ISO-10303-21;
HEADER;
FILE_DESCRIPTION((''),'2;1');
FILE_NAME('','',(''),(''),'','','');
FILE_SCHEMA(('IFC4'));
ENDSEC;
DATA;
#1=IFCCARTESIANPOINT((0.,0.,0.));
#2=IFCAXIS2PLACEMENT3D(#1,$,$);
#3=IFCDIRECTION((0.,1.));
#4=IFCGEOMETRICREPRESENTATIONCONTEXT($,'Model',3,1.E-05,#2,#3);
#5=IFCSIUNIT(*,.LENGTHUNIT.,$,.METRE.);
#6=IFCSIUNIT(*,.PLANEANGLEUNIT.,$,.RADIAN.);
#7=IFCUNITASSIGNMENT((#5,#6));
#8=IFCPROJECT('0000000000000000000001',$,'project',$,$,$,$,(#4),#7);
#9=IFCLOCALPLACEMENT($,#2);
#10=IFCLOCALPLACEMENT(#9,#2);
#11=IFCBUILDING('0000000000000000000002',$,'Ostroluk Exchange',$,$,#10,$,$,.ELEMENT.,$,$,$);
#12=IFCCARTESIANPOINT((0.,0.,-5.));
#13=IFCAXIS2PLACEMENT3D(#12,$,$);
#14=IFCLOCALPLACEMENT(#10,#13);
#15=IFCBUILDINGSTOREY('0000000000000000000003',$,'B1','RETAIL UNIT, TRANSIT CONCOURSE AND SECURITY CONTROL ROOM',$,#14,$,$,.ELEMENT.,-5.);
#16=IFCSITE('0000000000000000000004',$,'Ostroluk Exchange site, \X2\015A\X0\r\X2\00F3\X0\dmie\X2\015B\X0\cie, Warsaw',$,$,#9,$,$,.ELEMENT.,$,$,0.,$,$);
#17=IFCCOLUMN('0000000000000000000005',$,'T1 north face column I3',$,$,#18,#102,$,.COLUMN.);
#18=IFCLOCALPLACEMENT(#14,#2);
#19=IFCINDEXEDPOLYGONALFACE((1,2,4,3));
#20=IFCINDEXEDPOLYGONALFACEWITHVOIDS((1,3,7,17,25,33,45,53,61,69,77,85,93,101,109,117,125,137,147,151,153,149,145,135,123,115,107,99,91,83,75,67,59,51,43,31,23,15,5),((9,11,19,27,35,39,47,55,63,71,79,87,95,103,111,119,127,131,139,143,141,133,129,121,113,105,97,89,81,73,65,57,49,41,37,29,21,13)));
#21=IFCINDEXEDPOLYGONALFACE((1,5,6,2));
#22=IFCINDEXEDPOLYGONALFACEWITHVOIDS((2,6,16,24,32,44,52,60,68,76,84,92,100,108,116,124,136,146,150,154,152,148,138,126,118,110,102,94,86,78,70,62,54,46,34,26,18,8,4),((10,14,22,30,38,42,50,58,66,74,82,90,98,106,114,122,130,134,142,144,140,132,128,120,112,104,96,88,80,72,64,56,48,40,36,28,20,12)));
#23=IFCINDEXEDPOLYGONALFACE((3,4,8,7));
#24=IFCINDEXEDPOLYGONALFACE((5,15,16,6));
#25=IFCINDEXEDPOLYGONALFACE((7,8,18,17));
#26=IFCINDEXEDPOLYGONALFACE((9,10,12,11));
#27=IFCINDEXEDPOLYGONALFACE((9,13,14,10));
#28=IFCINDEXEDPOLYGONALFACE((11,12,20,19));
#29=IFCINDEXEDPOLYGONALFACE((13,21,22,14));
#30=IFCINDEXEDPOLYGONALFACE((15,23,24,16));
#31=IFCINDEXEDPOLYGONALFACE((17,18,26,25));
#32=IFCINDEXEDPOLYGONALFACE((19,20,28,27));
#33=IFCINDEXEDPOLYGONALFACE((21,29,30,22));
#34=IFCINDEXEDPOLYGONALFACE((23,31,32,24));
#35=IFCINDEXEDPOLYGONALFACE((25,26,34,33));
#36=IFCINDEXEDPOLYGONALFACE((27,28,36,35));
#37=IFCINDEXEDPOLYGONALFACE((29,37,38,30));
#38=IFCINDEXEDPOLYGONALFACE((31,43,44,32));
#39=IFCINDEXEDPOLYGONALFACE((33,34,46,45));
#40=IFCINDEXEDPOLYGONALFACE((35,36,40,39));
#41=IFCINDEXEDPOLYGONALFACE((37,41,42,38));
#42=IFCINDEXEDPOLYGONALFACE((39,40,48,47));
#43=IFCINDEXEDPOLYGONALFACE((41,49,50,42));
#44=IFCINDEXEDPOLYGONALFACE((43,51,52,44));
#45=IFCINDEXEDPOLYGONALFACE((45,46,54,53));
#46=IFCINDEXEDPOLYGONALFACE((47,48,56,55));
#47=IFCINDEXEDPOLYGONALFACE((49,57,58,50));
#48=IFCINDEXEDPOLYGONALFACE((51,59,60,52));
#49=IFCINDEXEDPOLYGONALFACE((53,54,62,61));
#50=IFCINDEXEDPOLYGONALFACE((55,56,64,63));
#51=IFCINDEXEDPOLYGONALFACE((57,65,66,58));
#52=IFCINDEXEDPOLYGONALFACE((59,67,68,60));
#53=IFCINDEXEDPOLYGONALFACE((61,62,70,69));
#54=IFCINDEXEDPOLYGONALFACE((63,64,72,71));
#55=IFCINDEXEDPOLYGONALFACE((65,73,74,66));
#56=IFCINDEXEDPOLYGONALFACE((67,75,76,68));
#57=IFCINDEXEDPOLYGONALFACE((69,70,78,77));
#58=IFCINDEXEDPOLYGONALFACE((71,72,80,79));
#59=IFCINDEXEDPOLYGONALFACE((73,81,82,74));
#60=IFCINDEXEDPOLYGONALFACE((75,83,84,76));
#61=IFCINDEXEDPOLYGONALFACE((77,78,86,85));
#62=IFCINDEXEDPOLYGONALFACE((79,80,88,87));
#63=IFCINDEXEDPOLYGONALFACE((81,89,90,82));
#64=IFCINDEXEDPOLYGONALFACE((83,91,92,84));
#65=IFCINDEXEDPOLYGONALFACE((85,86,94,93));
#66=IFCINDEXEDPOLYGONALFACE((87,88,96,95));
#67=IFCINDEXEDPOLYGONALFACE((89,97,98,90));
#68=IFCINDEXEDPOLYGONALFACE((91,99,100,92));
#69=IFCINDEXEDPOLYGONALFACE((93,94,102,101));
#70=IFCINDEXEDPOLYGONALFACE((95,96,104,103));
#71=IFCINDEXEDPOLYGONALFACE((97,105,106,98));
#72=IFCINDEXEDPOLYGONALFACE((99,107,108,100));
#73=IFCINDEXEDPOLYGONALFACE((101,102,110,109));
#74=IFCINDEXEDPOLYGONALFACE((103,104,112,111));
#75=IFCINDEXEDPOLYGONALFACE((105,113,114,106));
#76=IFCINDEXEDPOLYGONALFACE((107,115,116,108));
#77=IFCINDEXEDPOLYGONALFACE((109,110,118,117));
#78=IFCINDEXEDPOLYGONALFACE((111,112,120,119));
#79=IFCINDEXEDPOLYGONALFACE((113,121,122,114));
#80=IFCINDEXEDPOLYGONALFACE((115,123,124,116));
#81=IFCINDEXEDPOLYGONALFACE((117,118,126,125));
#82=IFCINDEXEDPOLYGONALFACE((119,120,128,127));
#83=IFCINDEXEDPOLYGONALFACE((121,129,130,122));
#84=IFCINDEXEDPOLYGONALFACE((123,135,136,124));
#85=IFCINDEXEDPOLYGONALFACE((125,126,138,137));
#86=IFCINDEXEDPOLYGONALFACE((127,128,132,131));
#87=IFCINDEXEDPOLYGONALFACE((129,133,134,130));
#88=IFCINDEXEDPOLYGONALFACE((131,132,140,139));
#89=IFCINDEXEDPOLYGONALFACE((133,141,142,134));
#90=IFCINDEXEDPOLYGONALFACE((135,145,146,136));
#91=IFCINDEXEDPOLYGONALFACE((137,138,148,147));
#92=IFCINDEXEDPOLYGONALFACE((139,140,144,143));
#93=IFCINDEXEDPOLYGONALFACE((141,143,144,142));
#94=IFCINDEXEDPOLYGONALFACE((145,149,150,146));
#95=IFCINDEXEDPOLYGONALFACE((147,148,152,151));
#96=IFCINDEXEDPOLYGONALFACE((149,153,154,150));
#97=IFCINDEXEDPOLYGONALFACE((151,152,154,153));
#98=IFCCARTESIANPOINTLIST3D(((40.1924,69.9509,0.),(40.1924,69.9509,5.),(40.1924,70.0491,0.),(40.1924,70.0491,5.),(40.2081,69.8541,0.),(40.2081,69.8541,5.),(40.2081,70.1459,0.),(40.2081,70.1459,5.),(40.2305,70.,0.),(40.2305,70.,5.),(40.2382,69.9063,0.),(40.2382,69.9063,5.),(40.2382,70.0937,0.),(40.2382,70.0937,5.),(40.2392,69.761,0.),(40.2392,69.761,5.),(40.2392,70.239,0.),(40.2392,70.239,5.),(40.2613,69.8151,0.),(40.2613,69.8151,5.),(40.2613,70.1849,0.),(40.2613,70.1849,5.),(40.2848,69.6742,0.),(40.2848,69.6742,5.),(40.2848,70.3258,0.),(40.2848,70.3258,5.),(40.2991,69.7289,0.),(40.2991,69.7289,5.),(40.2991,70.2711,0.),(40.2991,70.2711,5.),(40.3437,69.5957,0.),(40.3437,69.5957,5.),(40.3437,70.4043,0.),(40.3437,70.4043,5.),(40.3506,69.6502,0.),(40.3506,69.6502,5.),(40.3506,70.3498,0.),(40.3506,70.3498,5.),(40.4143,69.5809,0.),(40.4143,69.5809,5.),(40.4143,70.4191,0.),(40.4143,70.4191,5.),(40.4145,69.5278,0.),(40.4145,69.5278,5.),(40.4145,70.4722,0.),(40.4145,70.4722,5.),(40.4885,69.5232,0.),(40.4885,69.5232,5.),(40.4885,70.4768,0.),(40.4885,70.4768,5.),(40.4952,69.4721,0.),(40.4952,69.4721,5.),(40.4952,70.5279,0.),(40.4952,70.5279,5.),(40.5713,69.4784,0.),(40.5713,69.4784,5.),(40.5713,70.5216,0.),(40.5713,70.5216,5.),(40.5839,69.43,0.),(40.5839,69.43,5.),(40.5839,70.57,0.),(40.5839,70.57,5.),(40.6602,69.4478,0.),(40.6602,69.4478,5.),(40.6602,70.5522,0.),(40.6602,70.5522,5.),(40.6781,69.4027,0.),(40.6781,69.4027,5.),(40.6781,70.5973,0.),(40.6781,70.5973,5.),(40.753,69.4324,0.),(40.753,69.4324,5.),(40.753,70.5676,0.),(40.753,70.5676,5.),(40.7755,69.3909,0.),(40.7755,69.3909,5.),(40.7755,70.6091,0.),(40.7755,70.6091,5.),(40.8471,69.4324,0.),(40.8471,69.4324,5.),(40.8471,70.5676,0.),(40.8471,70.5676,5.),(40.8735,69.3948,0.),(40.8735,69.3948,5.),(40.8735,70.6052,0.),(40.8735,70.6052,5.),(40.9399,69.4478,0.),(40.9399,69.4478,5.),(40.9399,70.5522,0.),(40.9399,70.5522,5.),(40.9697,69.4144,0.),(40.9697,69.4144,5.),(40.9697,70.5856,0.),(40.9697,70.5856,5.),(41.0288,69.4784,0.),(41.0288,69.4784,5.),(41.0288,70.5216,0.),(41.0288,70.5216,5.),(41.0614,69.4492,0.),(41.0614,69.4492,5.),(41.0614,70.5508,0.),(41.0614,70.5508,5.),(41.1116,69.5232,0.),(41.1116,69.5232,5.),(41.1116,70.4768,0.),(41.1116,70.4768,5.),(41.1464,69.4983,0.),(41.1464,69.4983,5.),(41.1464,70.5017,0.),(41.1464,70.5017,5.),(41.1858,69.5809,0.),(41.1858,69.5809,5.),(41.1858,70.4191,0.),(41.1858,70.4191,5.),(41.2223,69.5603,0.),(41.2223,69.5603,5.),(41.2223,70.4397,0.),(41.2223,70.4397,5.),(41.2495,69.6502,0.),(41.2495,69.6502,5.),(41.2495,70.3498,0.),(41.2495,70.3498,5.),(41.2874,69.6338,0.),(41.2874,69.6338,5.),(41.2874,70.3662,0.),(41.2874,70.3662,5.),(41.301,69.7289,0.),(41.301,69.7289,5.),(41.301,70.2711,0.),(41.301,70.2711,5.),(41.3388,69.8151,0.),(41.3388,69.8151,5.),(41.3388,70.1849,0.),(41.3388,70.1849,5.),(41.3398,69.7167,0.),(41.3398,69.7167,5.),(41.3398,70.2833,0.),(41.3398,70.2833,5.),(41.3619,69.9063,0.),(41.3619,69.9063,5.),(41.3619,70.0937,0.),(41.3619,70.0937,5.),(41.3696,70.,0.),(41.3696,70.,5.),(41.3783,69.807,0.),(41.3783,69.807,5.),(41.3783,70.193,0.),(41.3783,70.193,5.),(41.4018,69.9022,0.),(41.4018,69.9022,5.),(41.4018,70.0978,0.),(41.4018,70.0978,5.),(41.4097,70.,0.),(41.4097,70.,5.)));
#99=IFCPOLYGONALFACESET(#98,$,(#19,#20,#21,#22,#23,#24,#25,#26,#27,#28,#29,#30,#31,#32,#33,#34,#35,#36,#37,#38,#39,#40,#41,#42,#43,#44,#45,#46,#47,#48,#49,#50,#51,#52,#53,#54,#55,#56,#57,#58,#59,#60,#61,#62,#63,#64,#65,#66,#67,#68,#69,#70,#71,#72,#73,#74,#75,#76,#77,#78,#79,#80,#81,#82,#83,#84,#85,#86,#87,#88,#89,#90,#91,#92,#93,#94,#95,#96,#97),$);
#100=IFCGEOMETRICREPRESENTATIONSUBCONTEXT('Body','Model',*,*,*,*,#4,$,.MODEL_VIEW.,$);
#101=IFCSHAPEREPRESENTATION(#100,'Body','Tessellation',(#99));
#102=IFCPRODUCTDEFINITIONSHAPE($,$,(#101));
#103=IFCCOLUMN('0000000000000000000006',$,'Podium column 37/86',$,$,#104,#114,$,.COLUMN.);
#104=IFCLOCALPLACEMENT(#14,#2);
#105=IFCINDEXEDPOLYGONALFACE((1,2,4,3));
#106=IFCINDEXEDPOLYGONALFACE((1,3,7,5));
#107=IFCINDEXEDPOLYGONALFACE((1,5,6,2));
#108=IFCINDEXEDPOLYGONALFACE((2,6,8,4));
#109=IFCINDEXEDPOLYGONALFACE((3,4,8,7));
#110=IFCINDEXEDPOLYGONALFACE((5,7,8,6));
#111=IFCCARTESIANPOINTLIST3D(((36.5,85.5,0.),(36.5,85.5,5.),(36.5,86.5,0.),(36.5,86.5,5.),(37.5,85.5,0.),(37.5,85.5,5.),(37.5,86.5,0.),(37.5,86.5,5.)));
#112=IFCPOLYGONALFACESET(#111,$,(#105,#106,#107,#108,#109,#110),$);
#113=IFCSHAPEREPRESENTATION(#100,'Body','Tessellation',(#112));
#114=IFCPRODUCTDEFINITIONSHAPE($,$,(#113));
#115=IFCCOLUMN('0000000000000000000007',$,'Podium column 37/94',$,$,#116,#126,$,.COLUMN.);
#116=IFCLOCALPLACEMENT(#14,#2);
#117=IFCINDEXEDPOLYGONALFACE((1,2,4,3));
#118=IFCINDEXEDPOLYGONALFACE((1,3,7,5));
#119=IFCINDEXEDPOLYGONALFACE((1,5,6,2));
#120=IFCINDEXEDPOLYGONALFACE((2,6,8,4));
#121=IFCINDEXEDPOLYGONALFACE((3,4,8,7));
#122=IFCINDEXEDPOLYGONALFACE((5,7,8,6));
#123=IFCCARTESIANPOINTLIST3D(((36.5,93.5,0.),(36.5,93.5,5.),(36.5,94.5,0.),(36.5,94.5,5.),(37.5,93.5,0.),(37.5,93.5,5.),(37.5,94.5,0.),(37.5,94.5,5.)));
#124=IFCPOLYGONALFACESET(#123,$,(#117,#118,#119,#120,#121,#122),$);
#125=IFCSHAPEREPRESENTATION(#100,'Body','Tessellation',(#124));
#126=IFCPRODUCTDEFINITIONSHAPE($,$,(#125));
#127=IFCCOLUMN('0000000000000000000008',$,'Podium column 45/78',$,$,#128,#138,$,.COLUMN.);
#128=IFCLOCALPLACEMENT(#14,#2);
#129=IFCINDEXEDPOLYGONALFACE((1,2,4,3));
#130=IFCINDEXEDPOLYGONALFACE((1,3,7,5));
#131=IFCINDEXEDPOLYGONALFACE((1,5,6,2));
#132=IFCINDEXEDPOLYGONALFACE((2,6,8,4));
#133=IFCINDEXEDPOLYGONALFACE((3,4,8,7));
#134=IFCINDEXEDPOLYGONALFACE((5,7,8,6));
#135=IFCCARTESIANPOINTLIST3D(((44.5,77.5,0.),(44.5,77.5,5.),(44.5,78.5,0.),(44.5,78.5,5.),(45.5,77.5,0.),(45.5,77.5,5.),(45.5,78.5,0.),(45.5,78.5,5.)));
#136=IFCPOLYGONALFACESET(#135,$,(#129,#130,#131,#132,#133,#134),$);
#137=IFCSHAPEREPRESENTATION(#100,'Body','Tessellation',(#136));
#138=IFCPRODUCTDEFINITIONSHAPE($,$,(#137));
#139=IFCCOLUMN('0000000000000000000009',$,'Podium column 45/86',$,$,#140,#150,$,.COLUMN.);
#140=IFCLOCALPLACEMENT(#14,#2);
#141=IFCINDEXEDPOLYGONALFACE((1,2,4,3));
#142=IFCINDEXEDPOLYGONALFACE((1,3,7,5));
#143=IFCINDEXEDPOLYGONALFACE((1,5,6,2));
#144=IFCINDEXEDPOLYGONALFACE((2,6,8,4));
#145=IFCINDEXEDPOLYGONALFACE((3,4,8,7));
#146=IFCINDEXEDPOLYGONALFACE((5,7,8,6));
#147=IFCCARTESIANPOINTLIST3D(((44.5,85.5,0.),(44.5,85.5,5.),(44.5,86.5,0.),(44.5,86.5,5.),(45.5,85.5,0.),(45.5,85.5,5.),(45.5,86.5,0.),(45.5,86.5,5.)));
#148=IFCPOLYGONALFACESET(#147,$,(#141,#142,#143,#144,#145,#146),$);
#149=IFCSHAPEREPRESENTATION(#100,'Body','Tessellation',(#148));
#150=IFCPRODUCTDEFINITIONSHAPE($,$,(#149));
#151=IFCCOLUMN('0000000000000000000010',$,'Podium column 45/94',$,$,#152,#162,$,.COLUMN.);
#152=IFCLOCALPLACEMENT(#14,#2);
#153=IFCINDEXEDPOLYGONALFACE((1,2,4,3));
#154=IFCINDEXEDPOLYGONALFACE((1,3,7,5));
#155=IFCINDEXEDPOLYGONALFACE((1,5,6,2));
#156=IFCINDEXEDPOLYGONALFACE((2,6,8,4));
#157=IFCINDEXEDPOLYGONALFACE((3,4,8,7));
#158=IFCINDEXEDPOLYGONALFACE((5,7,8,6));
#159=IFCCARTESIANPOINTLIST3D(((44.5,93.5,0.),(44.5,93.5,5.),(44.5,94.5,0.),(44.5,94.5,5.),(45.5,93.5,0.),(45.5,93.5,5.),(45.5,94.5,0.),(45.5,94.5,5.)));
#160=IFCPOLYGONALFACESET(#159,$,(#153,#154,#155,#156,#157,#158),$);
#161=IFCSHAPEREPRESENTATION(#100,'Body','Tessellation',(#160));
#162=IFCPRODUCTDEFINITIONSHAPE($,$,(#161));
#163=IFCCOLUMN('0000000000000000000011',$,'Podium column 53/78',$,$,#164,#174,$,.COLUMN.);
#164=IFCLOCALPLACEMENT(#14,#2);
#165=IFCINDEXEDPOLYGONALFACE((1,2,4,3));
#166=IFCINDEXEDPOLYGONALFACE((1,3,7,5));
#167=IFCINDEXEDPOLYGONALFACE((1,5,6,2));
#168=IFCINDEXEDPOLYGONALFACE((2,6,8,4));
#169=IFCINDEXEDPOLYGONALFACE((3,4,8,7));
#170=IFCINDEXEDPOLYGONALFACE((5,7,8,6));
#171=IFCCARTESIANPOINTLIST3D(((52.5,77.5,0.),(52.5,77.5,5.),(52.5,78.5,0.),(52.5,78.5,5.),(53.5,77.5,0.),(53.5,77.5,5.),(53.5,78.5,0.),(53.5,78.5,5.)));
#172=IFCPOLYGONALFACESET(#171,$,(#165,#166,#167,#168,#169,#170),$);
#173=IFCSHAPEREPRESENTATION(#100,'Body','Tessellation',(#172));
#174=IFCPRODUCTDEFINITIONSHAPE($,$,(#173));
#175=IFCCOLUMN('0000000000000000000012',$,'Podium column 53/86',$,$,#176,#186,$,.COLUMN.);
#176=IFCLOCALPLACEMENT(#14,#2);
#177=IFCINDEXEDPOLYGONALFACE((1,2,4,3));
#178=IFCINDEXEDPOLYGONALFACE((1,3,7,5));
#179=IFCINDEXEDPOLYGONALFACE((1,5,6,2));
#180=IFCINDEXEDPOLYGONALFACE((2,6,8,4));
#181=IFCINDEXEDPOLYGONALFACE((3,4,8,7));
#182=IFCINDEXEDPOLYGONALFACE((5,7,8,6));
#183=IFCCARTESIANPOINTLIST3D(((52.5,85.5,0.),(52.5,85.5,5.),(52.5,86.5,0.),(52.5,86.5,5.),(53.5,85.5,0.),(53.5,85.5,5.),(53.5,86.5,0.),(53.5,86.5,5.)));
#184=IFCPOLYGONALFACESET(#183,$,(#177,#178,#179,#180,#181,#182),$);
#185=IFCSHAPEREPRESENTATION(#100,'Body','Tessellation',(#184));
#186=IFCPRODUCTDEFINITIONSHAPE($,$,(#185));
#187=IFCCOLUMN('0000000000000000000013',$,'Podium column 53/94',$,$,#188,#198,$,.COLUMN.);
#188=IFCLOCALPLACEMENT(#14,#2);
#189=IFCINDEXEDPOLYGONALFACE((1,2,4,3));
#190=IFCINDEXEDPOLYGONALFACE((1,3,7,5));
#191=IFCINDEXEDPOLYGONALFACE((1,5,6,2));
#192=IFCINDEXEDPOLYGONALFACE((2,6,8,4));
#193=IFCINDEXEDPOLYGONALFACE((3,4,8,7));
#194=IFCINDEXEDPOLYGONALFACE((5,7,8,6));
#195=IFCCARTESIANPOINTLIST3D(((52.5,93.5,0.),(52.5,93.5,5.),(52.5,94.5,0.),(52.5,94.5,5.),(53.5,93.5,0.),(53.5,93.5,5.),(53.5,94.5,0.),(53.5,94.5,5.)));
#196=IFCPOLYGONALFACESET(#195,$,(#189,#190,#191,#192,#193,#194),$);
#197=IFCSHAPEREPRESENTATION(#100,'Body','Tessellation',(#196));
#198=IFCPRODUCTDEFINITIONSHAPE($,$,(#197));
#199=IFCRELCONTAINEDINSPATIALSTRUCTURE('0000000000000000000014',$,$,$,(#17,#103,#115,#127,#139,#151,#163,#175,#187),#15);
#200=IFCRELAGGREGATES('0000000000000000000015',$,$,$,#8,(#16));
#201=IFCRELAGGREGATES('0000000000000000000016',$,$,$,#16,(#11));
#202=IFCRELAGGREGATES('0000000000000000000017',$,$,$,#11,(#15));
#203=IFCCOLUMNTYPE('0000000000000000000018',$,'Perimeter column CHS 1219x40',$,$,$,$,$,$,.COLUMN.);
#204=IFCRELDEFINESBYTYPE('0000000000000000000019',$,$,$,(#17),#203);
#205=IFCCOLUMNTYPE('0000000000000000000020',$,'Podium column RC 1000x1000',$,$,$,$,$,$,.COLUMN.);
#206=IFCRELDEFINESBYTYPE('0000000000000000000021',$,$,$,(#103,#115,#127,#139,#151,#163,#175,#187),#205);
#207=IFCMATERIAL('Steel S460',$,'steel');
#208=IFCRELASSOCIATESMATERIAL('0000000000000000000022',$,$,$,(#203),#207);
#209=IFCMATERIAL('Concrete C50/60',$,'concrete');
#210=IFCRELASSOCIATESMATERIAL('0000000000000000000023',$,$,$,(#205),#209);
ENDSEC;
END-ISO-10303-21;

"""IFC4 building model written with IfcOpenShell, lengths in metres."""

from ifc_helpers import new_model, si_unit, direction, frame, origin, origin_2d, place, context, subcontext, project, spatial, rectangle, hollow_circle, extrude, material, material_profile, profile_set, type_object, element, save


model = new_model("IFC4")

# Units and contexts
model_context = context("Model", 3, precision=1e-05, world=origin(), true_north=direction((0.0, 1.0)))
body_context = subcontext(model_context, "Body", "Model", "MODEL_VIEW")
ifc_project = project(units=[si_unit("LENGTHUNIT", "METRE"), si_unit("PLANEANGLEUNIT", "RADIAN")], contexts=[model_context])

# Site, building, storey
site_placement = place(None, origin())
site = spatial("IfcSite", under=ifc_project, at=site_placement, Name="Ostroluk Exchange site, Śródmieście, Warsaw", CompositionType="ELEMENT", RefElevation=0.0)
building_placement = place(site_placement, origin())
building = spatial("IfcBuilding", under=site, at=building_placement, Name="Ostroluk Exchange", CompositionType="ELEMENT")
storey_placement = place(building_placement, frame((0.0, 0.0, -5.0)))
storey = spatial("IfcBuildingStorey", under=building, at=storey_placement, Name="B1", Description="RETAIL UNIT, TRANSIT CONCOURSE AND SECURITY CONTROL ROOM", CompositionType="ELEMENT", Elevation=-5.0)

# Columns
ifc_material_1 = material(Name="Steel S460", Category="steel")
ifc_material_profile_1 = material_profile(ifc_material_1, hollow_circle(Radius=0.6096, WallThickness=0.04, at=origin_2d()), Name="CHS 1219x40")
ifc_profile_set_1 = profile_set([ifc_material_profile_1], Name="Steel S460")
column_type_1 = type_object("IfcColumnType", Name="Perimeter column CHS 1219x40", PredefinedType="COLUMN", material=ifc_profile_set_1)
for number, where, z_axis, x_axis, name in (
    (1, (40.8, 70.0, 0.0), (0.0, 0.0, 1.0), (1.0, 0.0, 0.0), "T1 north face column I3"),
):
    element("IfcColumn", number, at=place(storey_placement, frame(where, z_axis=z_axis, x_axis=x_axis)), inside=storey, type_object=column_type_1, Name=name, PredefinedType="COLUMN", context=body_context, shape_type="SweptSolid", body=[
        extrude(hollow_circle(Radius=0.6096, WallThickness=0.04, at=origin_2d()), origin(), (0.0, 0.0, 1.0), 5.0),
    ])
ifc_material_2 = material(Name="Concrete C50/60", Category="concrete")
ifc_material_profile_2 = material_profile(ifc_material_2, rectangle(XDim=1.0, YDim=1.0, at=origin_2d()), Name="RC 1000x1000")
ifc_profile_set_2 = profile_set([ifc_material_profile_2], Name="Concrete C50/60")
column_type_2 = type_object("IfcColumnType", Name="Podium column RC 1000x1000", PredefinedType="COLUMN", material=ifc_profile_set_2)
for number, where, z_axis, x_axis, name in (
    (2, (37.0, 86.0, 0.0), (0.0, 0.0, 1.0), (1.0, 0.0, 0.0), "Podium column 37/86"),
    (3, (37.0, 94.0, 0.0), (0.0, 0.0, 1.0), (1.0, 0.0, 0.0), "Podium column 37/94"),
    (4, (45.0, 78.0, 0.0), (0.0, 0.0, 1.0), (1.0, 0.0, 0.0), "Podium column 45/78"),
    (5, (45.0, 86.0, 0.0), (0.0, 0.0, 1.0), (1.0, 0.0, 0.0), "Podium column 45/86"),
    (6, (45.0, 94.0, 0.0), (0.0, 0.0, 1.0), (1.0, 0.0, 0.0), "Podium column 45/94"),
    (7, (53.0, 78.0, 0.0), (0.0, 0.0, 1.0), (1.0, 0.0, 0.0), "Podium column 53/78"),
    (8, (53.0, 86.0, 0.0), (0.0, 0.0, 1.0), (1.0, 0.0, 0.0), "Podium column 53/86"),
    (9, (53.0, 94.0, 0.0), (0.0, 0.0, 1.0), (1.0, 0.0, 0.0), "Podium column 53/94"),
):
    element("IfcColumn", number, at=place(storey_placement, frame(where, z_axis=z_axis, x_axis=x_axis)), inside=storey, type_object=column_type_2, Name=name, PredefinedType="COLUMN", context=body_context, shape_type="SweptSolid", body=[
        extrude(rectangle(XDim=1.0, YDim=1.0, at=origin_2d()), origin(), (0.0, 0.0, 1.0), 5.0),
    ])

save(model, "model.ifc")
